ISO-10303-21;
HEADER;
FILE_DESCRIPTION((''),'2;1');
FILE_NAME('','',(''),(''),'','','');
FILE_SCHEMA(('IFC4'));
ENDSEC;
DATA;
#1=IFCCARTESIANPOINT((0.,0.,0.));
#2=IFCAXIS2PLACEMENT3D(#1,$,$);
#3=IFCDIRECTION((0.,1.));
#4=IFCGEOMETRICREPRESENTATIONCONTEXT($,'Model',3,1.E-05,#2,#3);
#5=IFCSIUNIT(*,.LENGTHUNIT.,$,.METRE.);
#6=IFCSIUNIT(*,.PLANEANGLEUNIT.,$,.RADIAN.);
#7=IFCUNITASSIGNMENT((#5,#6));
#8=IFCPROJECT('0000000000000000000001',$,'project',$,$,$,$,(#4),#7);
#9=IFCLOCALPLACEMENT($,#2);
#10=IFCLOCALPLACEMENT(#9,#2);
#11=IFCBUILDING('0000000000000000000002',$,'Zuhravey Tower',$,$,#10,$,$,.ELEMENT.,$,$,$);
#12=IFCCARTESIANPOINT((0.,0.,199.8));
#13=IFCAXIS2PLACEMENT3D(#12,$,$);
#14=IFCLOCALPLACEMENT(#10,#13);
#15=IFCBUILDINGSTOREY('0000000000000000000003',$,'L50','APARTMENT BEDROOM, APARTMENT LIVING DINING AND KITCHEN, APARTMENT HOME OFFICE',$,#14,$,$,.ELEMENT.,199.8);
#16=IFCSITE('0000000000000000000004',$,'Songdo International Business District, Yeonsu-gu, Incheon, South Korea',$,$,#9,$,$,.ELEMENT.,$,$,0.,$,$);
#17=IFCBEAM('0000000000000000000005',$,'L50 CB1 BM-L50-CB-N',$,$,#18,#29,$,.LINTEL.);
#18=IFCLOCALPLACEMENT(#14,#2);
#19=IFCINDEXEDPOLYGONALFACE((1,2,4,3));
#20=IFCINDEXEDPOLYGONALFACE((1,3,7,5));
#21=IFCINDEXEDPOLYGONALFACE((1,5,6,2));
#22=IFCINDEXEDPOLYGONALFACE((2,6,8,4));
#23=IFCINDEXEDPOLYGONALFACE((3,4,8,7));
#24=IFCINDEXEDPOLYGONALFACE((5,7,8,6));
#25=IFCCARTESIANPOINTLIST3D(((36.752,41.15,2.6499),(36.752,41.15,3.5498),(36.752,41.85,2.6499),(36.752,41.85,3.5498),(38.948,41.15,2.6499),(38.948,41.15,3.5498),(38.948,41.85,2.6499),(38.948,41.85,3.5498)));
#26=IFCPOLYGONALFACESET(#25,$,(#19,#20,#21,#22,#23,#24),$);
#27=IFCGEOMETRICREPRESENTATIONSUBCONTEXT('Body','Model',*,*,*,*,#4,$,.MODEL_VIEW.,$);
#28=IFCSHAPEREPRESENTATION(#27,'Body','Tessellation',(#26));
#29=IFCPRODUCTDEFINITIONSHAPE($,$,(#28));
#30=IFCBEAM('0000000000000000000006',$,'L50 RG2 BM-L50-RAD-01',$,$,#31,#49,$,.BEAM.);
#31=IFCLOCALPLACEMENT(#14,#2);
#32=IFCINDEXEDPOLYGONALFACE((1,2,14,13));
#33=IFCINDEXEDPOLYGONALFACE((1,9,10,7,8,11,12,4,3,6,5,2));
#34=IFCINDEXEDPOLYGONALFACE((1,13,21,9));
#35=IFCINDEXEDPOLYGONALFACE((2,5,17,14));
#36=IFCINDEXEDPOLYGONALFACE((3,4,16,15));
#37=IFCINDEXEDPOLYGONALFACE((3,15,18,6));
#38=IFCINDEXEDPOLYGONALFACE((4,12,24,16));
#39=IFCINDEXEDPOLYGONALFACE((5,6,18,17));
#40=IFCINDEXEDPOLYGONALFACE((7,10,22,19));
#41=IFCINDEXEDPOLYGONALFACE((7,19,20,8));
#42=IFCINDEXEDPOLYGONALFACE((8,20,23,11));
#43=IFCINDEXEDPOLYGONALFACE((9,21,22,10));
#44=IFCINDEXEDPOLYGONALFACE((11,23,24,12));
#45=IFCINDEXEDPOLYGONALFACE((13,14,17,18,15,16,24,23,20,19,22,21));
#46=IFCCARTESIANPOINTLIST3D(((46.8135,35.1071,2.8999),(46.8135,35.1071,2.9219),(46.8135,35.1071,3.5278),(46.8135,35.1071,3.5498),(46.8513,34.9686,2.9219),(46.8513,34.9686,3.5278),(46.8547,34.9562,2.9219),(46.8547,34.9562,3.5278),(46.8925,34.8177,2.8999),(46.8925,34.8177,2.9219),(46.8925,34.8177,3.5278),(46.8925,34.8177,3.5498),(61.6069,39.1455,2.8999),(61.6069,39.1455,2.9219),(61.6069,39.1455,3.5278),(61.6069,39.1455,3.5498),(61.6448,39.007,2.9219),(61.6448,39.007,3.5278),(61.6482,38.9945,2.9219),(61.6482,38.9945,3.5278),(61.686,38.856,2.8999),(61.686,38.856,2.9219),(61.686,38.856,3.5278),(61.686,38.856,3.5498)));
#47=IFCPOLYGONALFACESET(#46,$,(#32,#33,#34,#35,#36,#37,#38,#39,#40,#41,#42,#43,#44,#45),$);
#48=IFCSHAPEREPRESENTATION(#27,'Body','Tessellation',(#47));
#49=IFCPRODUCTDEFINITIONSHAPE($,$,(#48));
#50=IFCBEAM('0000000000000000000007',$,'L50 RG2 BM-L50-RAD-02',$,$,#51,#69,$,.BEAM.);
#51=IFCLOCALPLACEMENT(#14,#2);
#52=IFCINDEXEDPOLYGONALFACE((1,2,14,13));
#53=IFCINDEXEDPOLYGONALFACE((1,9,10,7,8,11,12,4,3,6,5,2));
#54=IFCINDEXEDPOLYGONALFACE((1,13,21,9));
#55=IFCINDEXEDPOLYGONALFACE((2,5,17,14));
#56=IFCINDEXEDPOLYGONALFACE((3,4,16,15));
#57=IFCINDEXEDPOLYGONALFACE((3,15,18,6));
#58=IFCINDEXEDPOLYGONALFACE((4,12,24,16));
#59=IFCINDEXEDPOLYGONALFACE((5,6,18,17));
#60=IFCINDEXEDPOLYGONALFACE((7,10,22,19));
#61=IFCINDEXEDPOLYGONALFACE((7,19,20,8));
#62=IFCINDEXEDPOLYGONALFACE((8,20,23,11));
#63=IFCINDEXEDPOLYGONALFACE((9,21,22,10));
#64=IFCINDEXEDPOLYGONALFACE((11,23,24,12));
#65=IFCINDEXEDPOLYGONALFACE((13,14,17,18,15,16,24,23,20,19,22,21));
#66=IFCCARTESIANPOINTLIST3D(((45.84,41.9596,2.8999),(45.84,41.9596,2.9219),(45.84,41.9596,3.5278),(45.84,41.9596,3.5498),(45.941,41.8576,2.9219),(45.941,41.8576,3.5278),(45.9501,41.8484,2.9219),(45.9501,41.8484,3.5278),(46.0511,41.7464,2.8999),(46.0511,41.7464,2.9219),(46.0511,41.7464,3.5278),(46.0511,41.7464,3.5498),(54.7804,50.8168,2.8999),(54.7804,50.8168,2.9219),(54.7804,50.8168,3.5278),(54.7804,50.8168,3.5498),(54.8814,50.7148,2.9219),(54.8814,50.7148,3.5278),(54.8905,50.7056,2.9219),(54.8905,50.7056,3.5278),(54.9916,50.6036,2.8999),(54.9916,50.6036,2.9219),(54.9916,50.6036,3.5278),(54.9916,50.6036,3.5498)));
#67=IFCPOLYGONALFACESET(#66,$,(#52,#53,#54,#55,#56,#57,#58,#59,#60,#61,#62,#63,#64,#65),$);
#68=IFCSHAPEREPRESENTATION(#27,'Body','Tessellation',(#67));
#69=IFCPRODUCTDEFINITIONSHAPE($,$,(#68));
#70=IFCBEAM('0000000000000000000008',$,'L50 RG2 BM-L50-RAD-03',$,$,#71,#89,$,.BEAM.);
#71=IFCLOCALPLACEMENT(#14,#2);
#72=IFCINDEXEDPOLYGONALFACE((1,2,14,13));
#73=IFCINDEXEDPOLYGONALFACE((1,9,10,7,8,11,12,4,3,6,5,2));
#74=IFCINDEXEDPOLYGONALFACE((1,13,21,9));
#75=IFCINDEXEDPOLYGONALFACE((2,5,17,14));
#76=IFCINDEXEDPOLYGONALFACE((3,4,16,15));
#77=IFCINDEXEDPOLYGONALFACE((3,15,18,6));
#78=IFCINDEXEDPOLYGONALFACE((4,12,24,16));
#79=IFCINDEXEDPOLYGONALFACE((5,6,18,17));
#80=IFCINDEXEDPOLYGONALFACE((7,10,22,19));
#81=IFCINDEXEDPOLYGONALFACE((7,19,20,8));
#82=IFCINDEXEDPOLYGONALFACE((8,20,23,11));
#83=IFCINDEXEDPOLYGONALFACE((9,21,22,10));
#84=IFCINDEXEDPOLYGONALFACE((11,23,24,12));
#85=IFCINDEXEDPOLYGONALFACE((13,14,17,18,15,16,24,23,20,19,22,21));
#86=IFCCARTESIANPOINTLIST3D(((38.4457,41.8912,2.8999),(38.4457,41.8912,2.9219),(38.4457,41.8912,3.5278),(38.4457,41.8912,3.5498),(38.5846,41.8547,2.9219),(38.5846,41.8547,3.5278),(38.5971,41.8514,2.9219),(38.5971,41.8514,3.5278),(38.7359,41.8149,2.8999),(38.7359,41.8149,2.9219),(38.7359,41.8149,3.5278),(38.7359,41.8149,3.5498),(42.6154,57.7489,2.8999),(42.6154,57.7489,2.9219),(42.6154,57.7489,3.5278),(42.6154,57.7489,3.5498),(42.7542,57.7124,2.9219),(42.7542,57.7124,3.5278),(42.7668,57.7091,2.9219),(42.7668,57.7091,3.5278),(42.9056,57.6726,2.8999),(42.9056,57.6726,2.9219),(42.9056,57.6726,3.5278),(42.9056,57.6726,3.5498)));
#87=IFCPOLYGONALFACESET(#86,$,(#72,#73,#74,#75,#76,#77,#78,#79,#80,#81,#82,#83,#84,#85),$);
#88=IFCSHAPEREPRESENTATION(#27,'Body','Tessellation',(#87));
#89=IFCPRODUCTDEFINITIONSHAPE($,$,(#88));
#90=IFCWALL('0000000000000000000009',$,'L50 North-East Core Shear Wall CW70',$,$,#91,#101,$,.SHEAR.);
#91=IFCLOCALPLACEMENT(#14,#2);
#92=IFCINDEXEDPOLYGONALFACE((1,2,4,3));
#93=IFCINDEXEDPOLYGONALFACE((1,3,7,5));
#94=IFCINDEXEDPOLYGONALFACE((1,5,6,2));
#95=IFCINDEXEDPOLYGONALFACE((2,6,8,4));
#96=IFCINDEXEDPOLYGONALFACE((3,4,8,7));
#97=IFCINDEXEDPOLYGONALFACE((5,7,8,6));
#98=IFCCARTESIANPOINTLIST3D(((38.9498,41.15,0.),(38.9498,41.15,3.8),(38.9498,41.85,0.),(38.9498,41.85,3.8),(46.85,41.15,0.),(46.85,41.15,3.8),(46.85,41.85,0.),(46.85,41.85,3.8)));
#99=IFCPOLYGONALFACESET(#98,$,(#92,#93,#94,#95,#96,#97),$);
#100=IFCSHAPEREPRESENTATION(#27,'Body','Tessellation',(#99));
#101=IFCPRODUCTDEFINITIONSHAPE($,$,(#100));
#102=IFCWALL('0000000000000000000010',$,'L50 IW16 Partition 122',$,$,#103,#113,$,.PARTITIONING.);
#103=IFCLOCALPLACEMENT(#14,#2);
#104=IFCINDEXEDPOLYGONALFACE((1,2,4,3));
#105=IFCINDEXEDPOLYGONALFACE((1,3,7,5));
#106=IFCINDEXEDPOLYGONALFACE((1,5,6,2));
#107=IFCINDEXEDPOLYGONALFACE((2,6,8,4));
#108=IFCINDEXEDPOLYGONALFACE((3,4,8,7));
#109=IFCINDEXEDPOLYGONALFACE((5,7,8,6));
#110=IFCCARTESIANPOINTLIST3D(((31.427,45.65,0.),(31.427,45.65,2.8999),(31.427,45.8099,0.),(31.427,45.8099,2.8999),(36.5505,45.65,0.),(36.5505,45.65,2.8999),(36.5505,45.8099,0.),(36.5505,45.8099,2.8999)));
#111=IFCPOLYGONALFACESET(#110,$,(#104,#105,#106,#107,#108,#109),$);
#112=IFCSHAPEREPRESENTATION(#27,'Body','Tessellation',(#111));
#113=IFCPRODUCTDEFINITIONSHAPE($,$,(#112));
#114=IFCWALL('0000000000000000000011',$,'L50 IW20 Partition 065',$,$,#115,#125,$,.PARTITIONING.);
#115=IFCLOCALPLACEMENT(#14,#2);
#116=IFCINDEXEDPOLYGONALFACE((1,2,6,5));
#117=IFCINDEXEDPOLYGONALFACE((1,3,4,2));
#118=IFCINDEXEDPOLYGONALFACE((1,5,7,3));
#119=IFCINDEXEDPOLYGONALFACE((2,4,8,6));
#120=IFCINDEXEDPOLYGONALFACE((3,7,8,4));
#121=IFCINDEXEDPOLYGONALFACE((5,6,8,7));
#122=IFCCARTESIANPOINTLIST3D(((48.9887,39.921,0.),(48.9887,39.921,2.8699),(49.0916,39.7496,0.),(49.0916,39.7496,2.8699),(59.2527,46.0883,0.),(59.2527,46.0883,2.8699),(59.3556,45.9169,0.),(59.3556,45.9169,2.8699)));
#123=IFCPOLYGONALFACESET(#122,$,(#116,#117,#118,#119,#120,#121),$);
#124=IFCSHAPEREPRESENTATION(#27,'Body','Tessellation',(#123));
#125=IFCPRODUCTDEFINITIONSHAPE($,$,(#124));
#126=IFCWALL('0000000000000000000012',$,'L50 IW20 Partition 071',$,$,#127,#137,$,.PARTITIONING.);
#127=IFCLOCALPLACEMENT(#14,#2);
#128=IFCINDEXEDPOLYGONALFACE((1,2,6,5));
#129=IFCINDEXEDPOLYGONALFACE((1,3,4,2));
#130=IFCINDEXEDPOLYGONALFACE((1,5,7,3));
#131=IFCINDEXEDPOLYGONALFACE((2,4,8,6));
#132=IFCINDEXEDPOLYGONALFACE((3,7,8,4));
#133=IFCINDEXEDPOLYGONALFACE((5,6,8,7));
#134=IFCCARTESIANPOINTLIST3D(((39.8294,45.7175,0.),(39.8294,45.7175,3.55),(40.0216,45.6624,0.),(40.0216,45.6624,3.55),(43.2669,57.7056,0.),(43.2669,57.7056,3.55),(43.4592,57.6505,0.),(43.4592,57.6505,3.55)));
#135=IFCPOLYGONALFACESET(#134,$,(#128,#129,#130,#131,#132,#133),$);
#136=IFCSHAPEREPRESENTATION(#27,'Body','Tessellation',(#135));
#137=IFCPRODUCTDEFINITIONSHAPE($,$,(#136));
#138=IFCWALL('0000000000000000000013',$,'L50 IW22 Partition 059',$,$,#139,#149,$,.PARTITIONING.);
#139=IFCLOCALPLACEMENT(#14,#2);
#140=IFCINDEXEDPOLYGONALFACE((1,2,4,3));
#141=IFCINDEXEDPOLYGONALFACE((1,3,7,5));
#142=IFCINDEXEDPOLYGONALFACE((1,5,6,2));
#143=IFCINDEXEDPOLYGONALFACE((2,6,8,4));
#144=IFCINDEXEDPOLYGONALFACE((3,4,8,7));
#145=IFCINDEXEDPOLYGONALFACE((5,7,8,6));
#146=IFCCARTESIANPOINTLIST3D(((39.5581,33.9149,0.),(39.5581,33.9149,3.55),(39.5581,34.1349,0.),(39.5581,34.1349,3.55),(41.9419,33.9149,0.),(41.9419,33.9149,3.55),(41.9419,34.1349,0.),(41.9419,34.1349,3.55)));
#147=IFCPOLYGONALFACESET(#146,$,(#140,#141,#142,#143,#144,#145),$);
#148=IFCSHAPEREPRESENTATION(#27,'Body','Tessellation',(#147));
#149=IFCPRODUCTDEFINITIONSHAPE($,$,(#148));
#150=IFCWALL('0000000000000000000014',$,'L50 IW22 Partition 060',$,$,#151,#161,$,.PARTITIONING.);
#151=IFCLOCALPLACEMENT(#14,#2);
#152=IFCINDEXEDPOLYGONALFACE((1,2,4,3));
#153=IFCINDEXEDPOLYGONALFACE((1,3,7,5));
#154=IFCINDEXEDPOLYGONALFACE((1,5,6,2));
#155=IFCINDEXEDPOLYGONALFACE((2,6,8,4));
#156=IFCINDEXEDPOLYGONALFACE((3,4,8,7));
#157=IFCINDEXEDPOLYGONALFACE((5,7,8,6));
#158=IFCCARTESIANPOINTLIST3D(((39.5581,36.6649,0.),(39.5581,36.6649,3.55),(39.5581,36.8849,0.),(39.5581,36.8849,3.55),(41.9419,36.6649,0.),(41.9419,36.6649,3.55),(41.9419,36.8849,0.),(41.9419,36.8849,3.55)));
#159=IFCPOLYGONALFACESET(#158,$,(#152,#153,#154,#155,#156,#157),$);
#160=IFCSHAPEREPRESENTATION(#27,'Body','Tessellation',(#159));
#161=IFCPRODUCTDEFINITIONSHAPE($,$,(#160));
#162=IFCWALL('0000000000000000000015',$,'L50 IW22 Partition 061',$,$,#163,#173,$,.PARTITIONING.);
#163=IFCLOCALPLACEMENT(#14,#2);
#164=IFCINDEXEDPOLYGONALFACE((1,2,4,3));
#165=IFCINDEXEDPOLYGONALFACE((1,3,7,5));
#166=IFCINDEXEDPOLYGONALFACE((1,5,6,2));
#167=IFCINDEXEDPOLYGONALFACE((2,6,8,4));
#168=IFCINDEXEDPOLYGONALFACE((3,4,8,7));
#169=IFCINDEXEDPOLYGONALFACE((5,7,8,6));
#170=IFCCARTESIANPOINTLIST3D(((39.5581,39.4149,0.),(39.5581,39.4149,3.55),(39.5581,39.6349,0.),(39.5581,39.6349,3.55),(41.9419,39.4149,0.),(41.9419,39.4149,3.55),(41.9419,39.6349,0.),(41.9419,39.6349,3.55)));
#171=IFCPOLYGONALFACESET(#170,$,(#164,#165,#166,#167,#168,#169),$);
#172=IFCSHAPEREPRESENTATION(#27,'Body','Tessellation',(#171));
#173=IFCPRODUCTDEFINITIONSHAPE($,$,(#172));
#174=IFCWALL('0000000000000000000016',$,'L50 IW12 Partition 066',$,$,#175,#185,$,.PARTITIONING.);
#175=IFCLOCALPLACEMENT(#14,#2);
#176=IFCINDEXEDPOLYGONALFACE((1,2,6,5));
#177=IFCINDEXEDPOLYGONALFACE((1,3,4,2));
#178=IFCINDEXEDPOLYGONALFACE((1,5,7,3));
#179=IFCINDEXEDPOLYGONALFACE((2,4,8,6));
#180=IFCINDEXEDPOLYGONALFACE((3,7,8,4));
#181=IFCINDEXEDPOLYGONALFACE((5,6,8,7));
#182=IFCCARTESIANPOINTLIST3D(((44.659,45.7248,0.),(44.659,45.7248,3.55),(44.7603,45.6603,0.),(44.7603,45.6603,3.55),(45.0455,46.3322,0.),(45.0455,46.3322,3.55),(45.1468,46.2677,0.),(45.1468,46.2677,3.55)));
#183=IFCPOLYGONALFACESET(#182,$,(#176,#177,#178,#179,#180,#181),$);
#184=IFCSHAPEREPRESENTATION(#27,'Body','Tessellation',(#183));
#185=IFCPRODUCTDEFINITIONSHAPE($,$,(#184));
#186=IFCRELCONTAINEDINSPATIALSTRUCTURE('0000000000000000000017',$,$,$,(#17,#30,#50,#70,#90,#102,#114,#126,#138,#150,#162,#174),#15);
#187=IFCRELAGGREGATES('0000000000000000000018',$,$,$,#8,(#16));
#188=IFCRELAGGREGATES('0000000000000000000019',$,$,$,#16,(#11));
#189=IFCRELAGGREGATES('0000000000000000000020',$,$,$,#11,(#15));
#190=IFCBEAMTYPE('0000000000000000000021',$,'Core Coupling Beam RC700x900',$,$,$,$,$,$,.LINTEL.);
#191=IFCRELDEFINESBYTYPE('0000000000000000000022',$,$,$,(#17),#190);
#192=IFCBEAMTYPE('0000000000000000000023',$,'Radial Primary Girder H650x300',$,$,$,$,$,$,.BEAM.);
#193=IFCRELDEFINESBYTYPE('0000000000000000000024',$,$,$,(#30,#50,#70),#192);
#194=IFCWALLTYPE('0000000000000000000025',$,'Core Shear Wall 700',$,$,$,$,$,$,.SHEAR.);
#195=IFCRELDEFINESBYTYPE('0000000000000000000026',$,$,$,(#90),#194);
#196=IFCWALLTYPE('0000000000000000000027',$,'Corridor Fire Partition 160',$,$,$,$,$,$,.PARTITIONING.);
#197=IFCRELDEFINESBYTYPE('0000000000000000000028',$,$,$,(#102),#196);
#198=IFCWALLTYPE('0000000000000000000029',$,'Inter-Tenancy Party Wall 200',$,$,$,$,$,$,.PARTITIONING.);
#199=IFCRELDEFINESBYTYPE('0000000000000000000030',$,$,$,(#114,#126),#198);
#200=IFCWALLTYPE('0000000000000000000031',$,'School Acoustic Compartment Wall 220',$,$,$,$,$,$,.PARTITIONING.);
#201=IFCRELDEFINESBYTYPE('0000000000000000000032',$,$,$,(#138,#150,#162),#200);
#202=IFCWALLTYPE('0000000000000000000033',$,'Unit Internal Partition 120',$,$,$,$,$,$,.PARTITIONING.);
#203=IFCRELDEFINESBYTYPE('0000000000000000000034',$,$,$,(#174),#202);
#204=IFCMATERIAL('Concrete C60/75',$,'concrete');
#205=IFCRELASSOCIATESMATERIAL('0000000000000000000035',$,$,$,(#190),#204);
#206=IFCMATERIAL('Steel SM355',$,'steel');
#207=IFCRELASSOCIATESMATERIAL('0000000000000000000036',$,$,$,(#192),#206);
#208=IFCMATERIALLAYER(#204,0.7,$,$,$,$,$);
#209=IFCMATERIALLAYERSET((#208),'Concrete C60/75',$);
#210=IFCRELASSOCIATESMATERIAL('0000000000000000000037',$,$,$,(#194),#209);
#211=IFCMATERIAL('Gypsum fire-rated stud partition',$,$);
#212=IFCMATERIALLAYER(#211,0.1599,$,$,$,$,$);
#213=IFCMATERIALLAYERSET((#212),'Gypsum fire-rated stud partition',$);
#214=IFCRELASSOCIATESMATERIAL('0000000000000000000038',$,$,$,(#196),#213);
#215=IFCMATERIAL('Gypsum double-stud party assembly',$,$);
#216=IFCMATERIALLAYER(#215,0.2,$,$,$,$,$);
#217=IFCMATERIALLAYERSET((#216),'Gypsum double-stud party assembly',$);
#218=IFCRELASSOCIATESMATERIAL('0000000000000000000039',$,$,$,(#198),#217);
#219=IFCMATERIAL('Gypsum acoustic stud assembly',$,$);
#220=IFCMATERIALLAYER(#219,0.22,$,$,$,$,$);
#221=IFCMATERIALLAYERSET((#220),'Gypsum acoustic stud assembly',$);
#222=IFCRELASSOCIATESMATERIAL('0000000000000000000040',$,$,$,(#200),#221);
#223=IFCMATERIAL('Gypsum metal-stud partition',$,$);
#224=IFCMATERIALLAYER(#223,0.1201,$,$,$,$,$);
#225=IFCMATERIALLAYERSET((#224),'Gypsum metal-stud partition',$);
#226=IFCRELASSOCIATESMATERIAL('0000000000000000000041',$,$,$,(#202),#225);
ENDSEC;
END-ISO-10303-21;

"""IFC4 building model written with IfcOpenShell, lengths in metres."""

from ifc_helpers import new_model, si_unit, direction, frame, frame_2d, origin, origin_2d, place, context, subcontext, project, spatial, rectangle, i_section, extrude, material, layer, layer_set, material_profile, profile_set, type_object, element, save


model = new_model("IFC4")

# Units and contexts
model_context = context("Model", 3, precision=1e-05, world=origin(), true_north=direction((0.0, 1.0)))
body_context = subcontext(model_context, "Body", "Model", "MODEL_VIEW")
ifc_project = project(units=[si_unit("LENGTHUNIT", "METRE"), si_unit("PLANEANGLEUNIT", "RADIAN")], contexts=[model_context])

# Site, building, storey
site_placement = place(None, origin())
site = spatial("IfcSite", under=ifc_project, at=site_placement, Name="Songdo International Business District, Yeonsu-gu, Incheon, South Korea", CompositionType="ELEMENT", RefElevation=0.0)
building_placement = place(site_placement, origin())
building = spatial("IfcBuilding", under=site, at=building_placement, Name="Zuhravey Tower", CompositionType="ELEMENT")
storey_placement = place(building_placement, frame((0.0, 0.0, 199.8)))
storey = spatial("IfcBuildingStorey", under=building, at=storey_placement, Name="L50", Description="APARTMENT BEDROOM, APARTMENT LIVING DINING AND KITCHEN, APARTMENT HOME OFFICE", CompositionType="ELEMENT", Elevation=199.8)

# Beams
ifc_material_1 = material(Name="Concrete C60/75", Category="concrete")
ifc_material_profile_1 = material_profile(ifc_material_1, rectangle(XDim=0.7, YDim=0.8999, at=origin_2d()), Name="RC-700x900")
ifc_profile_set_1 = profile_set([ifc_material_profile_1], Name="Concrete C60/75")
beam_type_1 = type_object("IfcBeamType", Name="Core Coupling Beam RC700x900", PredefinedType="LINTEL", material=ifc_profile_set_1)
beam_1_placement = place(storey_placement, frame((36.752, 41.5, 3.0999), z_axis=(1.0, 0.0, 0.0), x_axis=(0.0, 1.0, 0.0)))
element("IfcBeam", 1, at=beam_1_placement, inside=storey, type_object=beam_type_1, Name="L50 CB1 BM-L50-CB-N", PredefinedType="LINTEL", context=body_context, shape_type="SweptSolid", body=[
    extrude(rectangle(XDim=0.7, YDim=0.8999, at=origin_2d()), origin(), (0.0, 0.0, 1.0), 2.196),
])
ifc_material_2 = material(Name="Steel SM355", Category="steel")
ifc_material_profile_2 = material_profile(ifc_material_2, i_section(OverallWidth=0.3, OverallDepth=0.6499, WebThickness=0.0129, FlangeThickness=0.022, at=origin_2d()), Name="H-650x300x13x22")
ifc_profile_set_2 = profile_set([ifc_material_profile_2], Name="Steel SM355")
beam_type_2 = type_object("IfcBeamType", Name="Radial Primary Girder H650x300", PredefinedType="BEAM", material=ifc_profile_set_2)
beam_2_placement = place(storey_placement, frame((46.853, 34.9624, 3.2249), z_axis=(0.964702, 0.263345, 0.0), x_axis=(-0.263345, 0.964702, 0.0)))
element("IfcBeam", 2, at=beam_2_placement, inside=storey, type_object=beam_type_2, Name="L50 RG2 BM-L50-RAD-01", PredefinedType="BEAM", context=body_context, shape_type="SweptSolid", body=[
    extrude(i_section(OverallWidth=0.3, OverallDepth=0.6499, WebThickness=0.0129, FlangeThickness=0.022, at=origin_2d()), origin(), (0.0, 0.0, 1.0), 15.3347),
])
beam_3_placement = place(storey_placement, frame((45.9456, 41.853, 3.2249), z_axis=(0.710407, 0.703791, 0.0), x_axis=(-0.703791, 0.710407, 0.0)))
element("IfcBeam", 3, at=beam_3_placement, inside=storey, type_object=beam_type_2, Name="L50 RG2 BM-L50-RAD-02", PredefinedType="BEAM", context=body_context, shape_type="SweptSolid", body=[
    extrude(i_section(OverallWidth=0.3, OverallDepth=0.6499, WebThickness=0.0129, FlangeThickness=0.022, at=origin_2d()), origin(), (0.0, 0.0, 1.0), 12.585),
])
beam_4_placement = place(storey_placement, frame((38.5908, 41.853, 3.2249), z_axis=(0.2543, 0.967125, 0.0), x_axis=(-0.967125, 0.2543, 0.0)))
element("IfcBeam", 4, at=beam_4_placement, inside=storey, type_object=beam_type_2, Name="L50 RG2 BM-L50-RAD-03", PredefinedType="BEAM", context=body_context, shape_type="SweptSolid", body=[
    extrude(i_section(OverallWidth=0.3, OverallDepth=0.6499, WebThickness=0.0129, FlangeThickness=0.022, at=origin_2d()), origin(), (0.0, 0.0, 1.0), 16.3967),
])

# Wall
ifc_layer_1 = layer(ifc_material_1, 0.7)
ifc_layer_set_1 = layer_set([ifc_layer_1], Name="Concrete C60/75")
wall_type_1 = type_object("IfcWallType", Name="Core Shear Wall 700", PredefinedType="SHEAR", material=ifc_layer_set_1)
wall_1_placement = place(storey_placement, frame((46.8501, 41.5, 0.0), z_axis=(0.0, 0.0, 1.0), x_axis=(-1.0, 0.0, 0.0)))
element("IfcWall", 5, at=wall_1_placement, inside=storey, type_object=wall_type_1, Name="L50 North-East Core Shear Wall CW70", PredefinedType="SHEAR", context=body_context, shape_type="SweptSolid", body=[
    extrude(rectangle(XDim=7.9001, YDim=0.7, at=frame_2d((3.9502, 0.0))), origin(), (0.0, 0.0, 1.0), 3.8),
])

# Shared definitions
ifc_material_3 = material(Name="Gypsum fire-rated stud partition")
ifc_layer_2 = layer(ifc_material_3, 0.1599)
ifc_layer_set_2 = layer_set([ifc_layer_2], Name="Gypsum fire-rated stud partition")
wall_type_2 = type_object("IfcWallType", Name="Corridor Fire Partition 160", PredefinedType="PARTITIONING", material=ifc_layer_set_2)

# Wall
wall_2_placement = place(storey_placement, frame((36.5505, 45.73, 0.0), z_axis=(0.0, 0.0, 1.0), x_axis=(-1.0, 0.0, 0.0)))
element("IfcWall", 6, at=wall_2_placement, inside=storey, type_object=wall_type_2, Name="L50 IW16 Partition 122", PredefinedType="PARTITIONING", context=body_context, shape_type="SweptSolid", body=[
    extrude(rectangle(XDim=5.1235, YDim=0.1599, at=frame_2d((2.5618, 0.0))), origin(), (0.0, 0.0, 1.0), 2.8999),
])

# Walls
ifc_material_4 = material(Name="Gypsum double-stud party assembly")
ifc_layer_3 = layer(ifc_material_4, 0.2)
ifc_layer_set_3 = layer_set([ifc_layer_3], Name="Gypsum double-stud party assembly")
wall_type_3 = type_object("IfcWallType", Name="Inter-Tenancy Party Wall 200", PredefinedType="PARTITIONING", material=ifc_layer_set_3)
wall_3_placement = place(storey_placement, frame((49.04, 39.8352, 0.0), z_axis=(0.0, 0.0, 1.0), x_axis=(0.857165, 0.515041, 0.0)))
element("IfcWall", 7, at=wall_3_placement, inside=storey, type_object=wall_type_3, Name="L50 IW20 Partition 065", PredefinedType="PARTITIONING", context=body_context, shape_type="SweptSolid", body=[
    extrude(rectangle(XDim=11.9744, YDim=0.2, at=frame_2d((5.9873, 0.0))), origin(), (0.0, 0.0, 1.0), 2.8699),
])
wall_4_placement = place(storey_placement, frame((39.9255, 45.6899, 0.0), z_axis=(0.0, 0.0, 1.0), x_axis=(0.275636, 0.961262, 0.0)))
element("IfcWall", 8, at=wall_4_placement, inside=storey, type_object=wall_type_3, Name="L50 IW20 Partition 071", PredefinedType="PARTITIONING", context=body_context, shape_type="SweptSolid", body=[
    extrude(rectangle(XDim=12.4712, YDim=0.2, at=frame_2d((6.2356, 0.0))), origin(), (0.0, 0.0, 1.0), 3.55),
])
ifc_material_5 = material(Name="Gypsum acoustic stud assembly")
ifc_layer_4 = layer(ifc_material_5, 0.22)
ifc_layer_set_4 = layer_set([ifc_layer_4], Name="Gypsum acoustic stud assembly")
wall_type_4 = type_object("IfcWallType", Name="School Acoustic Compartment Wall 220", PredefinedType="PARTITIONING", material=ifc_layer_set_4)
for number, where, z_axis, x_axis, name in (
    (9, (39.5581, 34.0249, 0.0), (0.0, 0.0, 1.0), (1.0, 0.0, 0.0), "L50 IW22 Partition 059"),
    (10, (39.5581, 36.7749, 0.0), (0.0, 0.0, 1.0), (1.0, 0.0, 0.0), "L50 IW22 Partition 060"),
    (11, (39.5581, 39.5249, 0.0), (0.0, 0.0, 1.0), (1.0, 0.0, 0.0), "L50 IW22 Partition 061"),
):
    element("IfcWall", number, at=place(storey_placement, frame(where, z_axis=z_axis, x_axis=x_axis)), inside=storey, type_object=wall_type_4, Name=name, PredefinedType="PARTITIONING", context=body_context, shape_type="SweptSolid", body=[
        extrude(rectangle(XDim=2.3838, YDim=0.22, at=frame_2d((1.1919, 0.0))), origin(), (0.0, 0.0, 1.0), 3.55),
    ])
ifc_material_6 = material(Name="Gypsum metal-stud partition")
ifc_layer_5 = layer(ifc_material_6, 0.1201)
ifc_layer_set_5 = layer_set([ifc_layer_5], Name="Gypsum metal-stud partition")
wall_type_5 = type_object("IfcWallType", Name="Unit Internal Partition 120", PredefinedType="PARTITIONING", material=ifc_layer_set_5)
wall_5_placement = place(storey_placement, frame((44.7097, 45.6926, 0.0), z_axis=(0.0, 0.0, 1.0), x_axis=(0.53681, 0.843703, 0.0)))
element("IfcWall", 12, at=wall_5_placement, inside=storey, type_object=wall_type_5, Name="L50 IW12 Partition 066", PredefinedType="PARTITIONING", context=body_context, shape_type="SweptSolid", body=[
    extrude(rectangle(XDim=0.72, YDim=0.1201, at=frame_2d((0.3599, 0.0))), origin(), (0.0, 0.0, 1.0), 3.55),
])

save(model, "model.ifc")
